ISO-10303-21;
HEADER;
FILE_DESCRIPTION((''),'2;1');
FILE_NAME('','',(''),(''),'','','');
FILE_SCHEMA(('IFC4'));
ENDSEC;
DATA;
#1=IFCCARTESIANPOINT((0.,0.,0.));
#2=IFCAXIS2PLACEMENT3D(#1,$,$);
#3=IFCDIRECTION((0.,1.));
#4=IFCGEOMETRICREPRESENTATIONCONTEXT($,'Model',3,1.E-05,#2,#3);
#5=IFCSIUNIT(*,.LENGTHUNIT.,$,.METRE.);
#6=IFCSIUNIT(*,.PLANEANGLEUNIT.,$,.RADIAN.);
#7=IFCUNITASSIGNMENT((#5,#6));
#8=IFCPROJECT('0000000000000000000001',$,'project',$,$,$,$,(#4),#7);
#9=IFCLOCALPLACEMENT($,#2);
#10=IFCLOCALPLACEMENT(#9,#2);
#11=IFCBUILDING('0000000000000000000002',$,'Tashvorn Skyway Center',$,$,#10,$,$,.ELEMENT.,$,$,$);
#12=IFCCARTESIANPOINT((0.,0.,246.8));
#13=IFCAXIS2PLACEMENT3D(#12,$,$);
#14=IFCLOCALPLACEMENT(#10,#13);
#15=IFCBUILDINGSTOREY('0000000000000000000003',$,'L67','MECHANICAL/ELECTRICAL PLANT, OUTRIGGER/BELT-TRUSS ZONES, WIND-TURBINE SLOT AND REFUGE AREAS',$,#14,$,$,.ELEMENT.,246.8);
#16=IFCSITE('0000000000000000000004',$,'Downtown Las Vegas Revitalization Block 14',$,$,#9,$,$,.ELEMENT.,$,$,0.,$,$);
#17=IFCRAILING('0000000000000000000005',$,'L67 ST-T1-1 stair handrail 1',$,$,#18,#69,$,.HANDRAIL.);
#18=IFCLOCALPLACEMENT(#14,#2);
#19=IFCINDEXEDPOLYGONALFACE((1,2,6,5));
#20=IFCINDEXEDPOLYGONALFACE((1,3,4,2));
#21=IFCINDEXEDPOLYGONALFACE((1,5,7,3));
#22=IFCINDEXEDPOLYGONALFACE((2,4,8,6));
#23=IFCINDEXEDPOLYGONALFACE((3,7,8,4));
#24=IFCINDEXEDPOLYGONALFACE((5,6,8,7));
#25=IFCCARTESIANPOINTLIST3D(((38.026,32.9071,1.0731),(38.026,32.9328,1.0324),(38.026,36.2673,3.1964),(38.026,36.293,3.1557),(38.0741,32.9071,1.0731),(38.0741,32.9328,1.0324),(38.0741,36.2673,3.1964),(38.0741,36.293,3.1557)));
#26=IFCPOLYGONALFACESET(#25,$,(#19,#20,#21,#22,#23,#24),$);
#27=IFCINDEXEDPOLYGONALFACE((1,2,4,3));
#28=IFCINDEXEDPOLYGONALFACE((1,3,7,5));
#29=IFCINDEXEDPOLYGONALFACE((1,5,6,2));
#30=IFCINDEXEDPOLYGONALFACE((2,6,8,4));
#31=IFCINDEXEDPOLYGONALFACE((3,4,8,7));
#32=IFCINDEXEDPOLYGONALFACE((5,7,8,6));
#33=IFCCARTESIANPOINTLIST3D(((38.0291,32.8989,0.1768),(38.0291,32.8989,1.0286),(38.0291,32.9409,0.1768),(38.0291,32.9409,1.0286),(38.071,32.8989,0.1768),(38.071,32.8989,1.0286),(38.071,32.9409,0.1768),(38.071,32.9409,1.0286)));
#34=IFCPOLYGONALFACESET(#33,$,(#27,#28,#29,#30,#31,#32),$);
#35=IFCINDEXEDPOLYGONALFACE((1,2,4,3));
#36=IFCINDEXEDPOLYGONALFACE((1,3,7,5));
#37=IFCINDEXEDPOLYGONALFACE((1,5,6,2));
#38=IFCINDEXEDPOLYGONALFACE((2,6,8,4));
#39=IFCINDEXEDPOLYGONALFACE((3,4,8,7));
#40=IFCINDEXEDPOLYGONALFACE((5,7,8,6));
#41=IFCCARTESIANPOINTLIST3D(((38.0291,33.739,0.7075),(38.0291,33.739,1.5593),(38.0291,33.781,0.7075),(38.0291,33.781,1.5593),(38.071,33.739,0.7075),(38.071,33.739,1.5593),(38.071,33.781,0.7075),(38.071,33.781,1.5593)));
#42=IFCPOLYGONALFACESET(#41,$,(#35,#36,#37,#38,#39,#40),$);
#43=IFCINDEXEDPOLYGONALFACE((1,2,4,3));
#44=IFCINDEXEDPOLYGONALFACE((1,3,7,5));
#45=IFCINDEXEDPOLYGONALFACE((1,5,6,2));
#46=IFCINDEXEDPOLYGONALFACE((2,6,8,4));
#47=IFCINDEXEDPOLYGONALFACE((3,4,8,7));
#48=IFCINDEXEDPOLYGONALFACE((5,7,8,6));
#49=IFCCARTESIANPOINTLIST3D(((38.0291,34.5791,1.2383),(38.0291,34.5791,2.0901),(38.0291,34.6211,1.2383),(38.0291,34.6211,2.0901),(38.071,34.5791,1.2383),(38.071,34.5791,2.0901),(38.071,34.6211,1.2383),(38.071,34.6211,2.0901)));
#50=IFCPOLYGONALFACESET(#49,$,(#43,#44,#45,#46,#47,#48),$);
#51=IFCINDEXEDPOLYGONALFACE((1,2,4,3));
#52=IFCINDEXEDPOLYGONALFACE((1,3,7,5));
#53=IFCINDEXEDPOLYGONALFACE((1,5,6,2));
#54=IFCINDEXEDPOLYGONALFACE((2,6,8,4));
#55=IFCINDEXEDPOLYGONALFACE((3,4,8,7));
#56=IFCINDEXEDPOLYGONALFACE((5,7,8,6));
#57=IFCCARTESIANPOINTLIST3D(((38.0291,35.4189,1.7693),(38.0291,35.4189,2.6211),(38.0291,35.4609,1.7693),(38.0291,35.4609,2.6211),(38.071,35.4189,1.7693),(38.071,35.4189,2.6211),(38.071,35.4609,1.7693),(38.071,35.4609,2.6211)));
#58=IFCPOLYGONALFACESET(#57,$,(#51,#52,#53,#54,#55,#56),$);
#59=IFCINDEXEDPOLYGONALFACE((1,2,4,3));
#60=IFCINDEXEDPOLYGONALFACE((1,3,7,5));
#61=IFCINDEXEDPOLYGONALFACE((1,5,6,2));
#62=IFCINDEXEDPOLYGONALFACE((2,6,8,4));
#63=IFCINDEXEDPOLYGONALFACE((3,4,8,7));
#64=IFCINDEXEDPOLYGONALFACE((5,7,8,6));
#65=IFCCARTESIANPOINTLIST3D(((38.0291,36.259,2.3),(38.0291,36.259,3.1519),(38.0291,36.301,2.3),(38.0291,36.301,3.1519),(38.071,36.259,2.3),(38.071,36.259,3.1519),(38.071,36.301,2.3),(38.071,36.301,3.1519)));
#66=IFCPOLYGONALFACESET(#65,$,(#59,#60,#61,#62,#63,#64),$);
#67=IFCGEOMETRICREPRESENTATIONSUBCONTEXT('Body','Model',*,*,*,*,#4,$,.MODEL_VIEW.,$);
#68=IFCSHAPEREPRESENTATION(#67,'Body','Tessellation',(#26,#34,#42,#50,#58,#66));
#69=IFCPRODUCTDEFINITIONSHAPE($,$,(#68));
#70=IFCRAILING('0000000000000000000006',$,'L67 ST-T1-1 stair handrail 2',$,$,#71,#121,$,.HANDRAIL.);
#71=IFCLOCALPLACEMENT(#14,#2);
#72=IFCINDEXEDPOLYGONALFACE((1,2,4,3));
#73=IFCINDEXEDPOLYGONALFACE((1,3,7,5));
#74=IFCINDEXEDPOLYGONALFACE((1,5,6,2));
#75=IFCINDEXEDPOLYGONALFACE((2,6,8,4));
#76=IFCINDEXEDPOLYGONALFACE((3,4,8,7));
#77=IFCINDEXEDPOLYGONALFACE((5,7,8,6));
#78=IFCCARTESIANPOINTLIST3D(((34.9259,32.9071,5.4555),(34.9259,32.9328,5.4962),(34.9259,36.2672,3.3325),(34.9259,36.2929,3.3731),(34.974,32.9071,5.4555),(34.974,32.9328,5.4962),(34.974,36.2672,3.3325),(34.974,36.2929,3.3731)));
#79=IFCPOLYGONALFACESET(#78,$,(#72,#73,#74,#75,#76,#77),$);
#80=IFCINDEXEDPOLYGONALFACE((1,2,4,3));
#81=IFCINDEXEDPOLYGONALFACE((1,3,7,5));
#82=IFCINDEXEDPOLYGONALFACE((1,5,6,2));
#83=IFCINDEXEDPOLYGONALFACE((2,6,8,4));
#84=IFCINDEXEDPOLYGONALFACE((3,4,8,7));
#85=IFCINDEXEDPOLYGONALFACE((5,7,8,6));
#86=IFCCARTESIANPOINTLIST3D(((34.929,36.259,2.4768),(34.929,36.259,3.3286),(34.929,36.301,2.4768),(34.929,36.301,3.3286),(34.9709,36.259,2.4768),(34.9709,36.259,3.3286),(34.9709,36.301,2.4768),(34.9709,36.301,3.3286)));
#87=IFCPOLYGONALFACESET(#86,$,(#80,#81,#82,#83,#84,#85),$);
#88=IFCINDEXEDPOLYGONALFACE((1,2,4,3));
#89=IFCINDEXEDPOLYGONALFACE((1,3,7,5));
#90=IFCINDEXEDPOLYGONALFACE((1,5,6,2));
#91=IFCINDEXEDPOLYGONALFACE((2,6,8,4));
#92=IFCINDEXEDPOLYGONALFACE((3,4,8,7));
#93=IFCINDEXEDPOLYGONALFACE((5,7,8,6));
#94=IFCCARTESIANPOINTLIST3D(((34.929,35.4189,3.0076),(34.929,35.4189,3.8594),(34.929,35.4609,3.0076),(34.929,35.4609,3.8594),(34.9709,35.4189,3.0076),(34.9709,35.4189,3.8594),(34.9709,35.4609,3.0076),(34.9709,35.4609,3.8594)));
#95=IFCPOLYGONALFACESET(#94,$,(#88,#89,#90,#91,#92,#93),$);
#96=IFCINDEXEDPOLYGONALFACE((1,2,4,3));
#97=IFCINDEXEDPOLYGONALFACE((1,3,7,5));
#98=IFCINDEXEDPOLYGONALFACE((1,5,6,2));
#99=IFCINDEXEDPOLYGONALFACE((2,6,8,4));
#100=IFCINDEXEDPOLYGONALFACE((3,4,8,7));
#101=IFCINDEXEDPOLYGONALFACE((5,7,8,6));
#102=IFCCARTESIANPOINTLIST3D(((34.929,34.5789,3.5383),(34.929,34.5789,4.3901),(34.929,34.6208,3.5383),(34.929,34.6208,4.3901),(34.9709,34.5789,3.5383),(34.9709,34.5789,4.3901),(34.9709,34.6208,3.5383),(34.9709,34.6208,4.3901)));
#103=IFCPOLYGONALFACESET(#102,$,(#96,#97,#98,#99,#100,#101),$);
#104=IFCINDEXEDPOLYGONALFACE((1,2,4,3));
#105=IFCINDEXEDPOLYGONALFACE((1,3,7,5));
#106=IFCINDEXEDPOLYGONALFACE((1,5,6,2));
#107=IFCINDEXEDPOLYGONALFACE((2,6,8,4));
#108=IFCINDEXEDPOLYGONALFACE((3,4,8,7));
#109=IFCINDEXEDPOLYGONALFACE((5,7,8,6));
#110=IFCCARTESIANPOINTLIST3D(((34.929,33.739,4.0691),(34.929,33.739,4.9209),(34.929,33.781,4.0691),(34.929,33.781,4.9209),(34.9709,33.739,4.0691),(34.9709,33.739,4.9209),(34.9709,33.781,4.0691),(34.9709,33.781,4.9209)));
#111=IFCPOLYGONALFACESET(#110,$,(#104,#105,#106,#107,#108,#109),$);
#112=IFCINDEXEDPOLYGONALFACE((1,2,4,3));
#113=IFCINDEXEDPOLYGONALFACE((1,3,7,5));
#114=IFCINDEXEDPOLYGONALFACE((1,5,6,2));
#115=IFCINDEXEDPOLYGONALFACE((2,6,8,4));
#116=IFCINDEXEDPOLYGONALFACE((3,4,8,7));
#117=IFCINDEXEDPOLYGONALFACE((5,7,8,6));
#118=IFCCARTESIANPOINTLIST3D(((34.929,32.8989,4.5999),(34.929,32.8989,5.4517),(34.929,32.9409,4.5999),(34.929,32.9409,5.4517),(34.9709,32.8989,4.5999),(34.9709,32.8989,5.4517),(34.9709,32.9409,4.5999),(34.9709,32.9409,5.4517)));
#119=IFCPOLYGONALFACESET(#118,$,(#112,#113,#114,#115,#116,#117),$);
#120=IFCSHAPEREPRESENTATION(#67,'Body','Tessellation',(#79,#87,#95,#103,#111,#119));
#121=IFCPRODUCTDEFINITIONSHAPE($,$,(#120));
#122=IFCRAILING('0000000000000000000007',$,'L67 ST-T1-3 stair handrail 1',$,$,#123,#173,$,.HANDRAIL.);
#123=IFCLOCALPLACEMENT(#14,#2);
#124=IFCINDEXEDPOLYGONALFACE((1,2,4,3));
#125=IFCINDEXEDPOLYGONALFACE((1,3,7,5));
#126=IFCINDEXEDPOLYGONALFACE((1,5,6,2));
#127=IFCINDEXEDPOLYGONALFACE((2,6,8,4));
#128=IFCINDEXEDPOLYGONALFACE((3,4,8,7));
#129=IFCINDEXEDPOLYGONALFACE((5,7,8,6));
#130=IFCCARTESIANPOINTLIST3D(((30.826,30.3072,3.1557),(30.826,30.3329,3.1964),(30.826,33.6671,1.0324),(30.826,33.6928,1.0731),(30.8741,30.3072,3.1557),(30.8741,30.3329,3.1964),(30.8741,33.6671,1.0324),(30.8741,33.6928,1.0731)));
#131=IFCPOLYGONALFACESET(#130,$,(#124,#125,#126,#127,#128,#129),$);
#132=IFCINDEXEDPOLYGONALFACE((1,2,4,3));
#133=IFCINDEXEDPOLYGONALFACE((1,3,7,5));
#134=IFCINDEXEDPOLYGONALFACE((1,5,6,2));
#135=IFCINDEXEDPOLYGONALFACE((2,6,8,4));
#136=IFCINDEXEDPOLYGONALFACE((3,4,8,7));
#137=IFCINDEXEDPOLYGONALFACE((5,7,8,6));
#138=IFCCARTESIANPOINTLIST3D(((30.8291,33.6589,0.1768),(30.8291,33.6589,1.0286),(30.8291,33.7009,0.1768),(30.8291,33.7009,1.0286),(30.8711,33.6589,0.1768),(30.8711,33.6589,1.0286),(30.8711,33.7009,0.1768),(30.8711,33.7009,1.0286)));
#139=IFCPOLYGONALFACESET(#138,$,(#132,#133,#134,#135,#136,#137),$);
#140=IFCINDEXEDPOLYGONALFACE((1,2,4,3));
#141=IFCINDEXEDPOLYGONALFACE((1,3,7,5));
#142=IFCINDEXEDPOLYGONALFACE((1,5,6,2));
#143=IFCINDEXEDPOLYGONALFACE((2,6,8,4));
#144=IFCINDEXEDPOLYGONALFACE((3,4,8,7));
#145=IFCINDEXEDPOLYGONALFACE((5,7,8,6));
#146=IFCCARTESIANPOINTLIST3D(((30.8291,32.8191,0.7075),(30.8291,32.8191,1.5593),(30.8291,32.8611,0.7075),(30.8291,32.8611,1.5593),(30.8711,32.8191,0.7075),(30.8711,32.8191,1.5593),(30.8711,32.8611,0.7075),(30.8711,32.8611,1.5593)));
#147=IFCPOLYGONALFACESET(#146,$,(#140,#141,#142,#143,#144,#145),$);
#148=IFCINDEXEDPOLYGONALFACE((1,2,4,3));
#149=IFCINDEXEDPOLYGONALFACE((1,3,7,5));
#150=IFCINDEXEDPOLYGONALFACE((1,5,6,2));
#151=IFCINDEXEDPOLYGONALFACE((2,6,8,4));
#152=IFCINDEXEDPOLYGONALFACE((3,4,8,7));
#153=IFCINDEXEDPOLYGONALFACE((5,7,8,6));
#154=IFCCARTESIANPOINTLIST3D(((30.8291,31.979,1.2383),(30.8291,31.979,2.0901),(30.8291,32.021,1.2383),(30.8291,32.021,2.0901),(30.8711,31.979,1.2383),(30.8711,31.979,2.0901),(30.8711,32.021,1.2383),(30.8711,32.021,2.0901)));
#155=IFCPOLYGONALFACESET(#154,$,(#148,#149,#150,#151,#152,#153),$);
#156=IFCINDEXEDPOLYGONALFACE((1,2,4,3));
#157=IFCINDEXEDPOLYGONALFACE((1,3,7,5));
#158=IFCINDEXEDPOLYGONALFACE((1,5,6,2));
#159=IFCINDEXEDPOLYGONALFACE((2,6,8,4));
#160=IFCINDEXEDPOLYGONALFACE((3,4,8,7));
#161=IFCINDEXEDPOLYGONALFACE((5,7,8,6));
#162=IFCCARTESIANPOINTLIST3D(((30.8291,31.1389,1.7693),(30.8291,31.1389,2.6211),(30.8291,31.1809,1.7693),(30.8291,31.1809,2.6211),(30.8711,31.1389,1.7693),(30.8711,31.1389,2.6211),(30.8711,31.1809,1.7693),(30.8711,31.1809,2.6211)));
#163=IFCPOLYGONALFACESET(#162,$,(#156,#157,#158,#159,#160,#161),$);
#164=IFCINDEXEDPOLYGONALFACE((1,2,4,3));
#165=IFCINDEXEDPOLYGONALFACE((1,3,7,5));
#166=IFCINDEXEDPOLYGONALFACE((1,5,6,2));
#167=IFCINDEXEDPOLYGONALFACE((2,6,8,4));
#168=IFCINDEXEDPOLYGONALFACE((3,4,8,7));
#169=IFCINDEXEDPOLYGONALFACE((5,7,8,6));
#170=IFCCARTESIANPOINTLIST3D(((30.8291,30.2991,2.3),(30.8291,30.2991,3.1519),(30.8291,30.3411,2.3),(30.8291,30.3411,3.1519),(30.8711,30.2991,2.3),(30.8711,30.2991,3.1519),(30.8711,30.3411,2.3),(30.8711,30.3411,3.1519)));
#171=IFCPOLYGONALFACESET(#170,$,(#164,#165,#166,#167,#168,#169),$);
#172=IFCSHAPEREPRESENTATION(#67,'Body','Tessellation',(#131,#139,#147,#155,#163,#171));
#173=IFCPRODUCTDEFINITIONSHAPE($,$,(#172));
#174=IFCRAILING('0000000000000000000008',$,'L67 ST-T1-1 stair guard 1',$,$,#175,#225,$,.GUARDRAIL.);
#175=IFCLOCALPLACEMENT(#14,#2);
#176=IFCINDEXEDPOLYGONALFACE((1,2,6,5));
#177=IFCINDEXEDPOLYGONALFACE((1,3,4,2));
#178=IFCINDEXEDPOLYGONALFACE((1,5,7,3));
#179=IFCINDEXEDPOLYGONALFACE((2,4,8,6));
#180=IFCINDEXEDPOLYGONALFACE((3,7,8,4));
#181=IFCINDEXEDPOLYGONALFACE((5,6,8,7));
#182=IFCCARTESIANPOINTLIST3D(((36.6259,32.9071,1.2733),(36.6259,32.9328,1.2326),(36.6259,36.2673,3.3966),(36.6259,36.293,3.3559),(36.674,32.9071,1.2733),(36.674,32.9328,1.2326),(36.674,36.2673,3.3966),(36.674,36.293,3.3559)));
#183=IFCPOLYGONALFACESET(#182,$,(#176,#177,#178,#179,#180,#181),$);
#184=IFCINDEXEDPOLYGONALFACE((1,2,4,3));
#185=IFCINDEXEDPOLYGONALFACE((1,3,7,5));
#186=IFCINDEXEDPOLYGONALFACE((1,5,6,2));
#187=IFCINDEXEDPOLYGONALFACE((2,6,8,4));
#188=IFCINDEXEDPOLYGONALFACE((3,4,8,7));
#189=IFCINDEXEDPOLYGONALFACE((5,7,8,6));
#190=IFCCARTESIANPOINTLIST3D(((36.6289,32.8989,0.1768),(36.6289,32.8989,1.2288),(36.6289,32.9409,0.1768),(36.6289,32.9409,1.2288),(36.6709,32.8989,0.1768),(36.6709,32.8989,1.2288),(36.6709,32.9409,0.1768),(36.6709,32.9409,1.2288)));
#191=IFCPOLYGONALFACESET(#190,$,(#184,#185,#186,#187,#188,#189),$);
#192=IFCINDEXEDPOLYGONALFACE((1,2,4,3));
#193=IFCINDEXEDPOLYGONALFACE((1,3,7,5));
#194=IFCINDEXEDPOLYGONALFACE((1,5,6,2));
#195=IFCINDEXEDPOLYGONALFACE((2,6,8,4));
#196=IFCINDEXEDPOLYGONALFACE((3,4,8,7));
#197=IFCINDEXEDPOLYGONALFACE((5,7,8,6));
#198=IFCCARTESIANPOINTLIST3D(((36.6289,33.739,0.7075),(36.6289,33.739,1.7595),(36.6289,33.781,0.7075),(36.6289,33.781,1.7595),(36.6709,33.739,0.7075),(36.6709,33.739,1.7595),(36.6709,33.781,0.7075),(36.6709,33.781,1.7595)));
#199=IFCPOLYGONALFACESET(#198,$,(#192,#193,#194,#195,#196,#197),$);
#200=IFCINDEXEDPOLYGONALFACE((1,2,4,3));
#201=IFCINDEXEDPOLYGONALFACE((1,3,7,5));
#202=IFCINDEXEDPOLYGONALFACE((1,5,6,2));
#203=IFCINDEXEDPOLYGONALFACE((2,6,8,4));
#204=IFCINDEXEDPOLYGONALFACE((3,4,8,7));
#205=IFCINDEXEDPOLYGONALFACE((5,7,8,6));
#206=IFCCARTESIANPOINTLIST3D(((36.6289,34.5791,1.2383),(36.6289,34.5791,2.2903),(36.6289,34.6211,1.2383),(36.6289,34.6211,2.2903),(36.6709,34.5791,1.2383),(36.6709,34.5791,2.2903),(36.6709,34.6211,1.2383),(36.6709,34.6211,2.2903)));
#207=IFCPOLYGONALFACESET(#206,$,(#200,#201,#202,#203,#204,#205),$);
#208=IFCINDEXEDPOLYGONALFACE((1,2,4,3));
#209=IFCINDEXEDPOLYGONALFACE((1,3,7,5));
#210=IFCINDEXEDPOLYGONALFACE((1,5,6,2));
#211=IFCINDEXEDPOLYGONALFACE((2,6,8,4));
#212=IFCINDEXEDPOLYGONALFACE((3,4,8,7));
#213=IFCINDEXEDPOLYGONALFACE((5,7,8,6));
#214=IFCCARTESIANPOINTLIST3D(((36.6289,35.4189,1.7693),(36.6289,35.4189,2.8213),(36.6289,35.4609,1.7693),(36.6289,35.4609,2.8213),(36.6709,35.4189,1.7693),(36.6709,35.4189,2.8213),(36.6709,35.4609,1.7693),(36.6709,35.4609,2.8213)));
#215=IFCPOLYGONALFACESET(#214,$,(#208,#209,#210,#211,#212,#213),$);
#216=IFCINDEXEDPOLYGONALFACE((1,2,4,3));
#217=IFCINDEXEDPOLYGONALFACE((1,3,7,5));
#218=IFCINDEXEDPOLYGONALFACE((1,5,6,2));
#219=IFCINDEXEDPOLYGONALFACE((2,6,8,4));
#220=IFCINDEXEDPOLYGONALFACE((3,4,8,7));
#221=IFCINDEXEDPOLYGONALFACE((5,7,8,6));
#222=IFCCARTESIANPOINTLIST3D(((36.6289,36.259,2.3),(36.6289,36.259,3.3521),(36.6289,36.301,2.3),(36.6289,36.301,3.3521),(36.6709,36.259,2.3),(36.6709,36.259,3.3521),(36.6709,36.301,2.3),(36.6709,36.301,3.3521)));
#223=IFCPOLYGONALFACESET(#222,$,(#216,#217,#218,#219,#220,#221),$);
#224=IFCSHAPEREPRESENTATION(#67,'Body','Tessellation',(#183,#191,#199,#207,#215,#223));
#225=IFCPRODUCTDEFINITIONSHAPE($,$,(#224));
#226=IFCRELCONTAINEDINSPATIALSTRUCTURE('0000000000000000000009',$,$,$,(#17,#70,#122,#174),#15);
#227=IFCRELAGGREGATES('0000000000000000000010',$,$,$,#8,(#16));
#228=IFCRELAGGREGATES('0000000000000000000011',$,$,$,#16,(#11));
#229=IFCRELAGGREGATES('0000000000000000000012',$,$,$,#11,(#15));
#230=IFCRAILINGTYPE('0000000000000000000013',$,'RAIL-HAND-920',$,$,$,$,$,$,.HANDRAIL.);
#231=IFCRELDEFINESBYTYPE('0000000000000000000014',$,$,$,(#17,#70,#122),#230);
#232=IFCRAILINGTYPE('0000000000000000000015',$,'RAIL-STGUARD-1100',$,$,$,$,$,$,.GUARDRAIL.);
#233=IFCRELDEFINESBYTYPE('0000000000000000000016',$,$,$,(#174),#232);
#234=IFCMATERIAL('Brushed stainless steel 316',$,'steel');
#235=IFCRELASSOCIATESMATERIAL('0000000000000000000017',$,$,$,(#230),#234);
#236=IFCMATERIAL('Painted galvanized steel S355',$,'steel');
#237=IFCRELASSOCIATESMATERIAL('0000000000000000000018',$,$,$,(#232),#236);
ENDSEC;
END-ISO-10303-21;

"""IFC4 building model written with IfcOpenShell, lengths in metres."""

from ifc_helpers import new_model, si_unit, direction, frame, origin, origin_2d, place, context, subcontext, project, spatial, rectangle, extrude, material, type_object, element, save


model = new_model("IFC4")

# Units and contexts
model_context = context("Model", 3, precision=1e-05, world=origin(), true_north=direction((0.0, 1.0)))
body_context = subcontext(model_context, "Body", "Model", "MODEL_VIEW")
ifc_project = project(units=[si_unit("LENGTHUNIT", "METRE"), si_unit("PLANEANGLEUNIT", "RADIAN")], contexts=[model_context])

# Site, building, storey
site_placement = place(None, origin())
site = spatial("IfcSite", under=ifc_project, at=site_placement, Name="Downtown Las Vegas Revitalization Block 14", CompositionType="ELEMENT", RefElevation=0.0)
building_placement = place(site_placement, origin())
building = spatial("IfcBuilding", under=site, at=building_placement, Name="Tashvorn Skyway Center", CompositionType="ELEMENT")
storey_placement = place(building_placement, frame((0.0, 0.0, 246.8)))
storey = spatial("IfcBuildingStorey", under=building, at=storey_placement, Name="L67", Description="MECHANICAL/ELECTRICAL PLANT, OUTRIGGER/BELT-TRUSS ZONES, WIND-TURBINE SLOT AND REFUGE AREAS", CompositionType="ELEMENT", Elevation=246.8)

# Railings
ifc_material_1 = material(Name="Brushed stainless steel 316", Category="steel")
railing_type_1 = type_object("IfcRailingType", Name="RAIL-HAND-920", PredefinedType="HANDRAIL", material=ifc_material_1)
railing_1_placement = place(storey_placement, frame((38.05, 32.9199, 0.1768)))
element("IfcRailing", 1, at=railing_1_placement, inside=storey, type_object=railing_type_1, Name="L67 ST-T1-1 stair handrail 1", PredefinedType="HANDRAIL", context=body_context, shape_type="SweptSolid", body=[
    extrude(rectangle(XDim=0.0481, YDim=0.0481, at=origin_2d()), frame((0.0, 0.0, 0.876), z_axis=(0.0, 0.845362, 0.534194), x_axis=(-1.0, 0.0, 0.0)), (0.0, 0.0, 1.0), 3.9749),
    extrude(rectangle(XDim=0.042, YDim=0.042, at=origin_2d()), origin(), (0.0, 0.0, 1.0), 0.8518),
    extrude(rectangle(XDim=0.042, YDim=0.042, at=origin_2d()), frame((0.0, 0.8401, 0.5308)), (0.0, 0.0, 1.0), 0.8518),
    extrude(rectangle(XDim=0.042, YDim=0.042, at=origin_2d()), frame((0.0, 1.6802, 1.0615)), (0.0, 0.0, 1.0), 0.8518),
    extrude(rectangle(XDim=0.042, YDim=0.042, at=origin_2d()), frame((0.0, 2.52, 1.5925)), (0.0, 0.0, 1.0), 0.8518),
    extrude(rectangle(XDim=0.042, YDim=0.042, at=origin_2d()), frame((0.0, 3.3601, 2.1233)), (0.0, 0.0, 1.0), 0.8518),
])
railing_2_placement = place(storey_placement, frame((34.95, 36.28, 2.4768)))
element("IfcRailing", 2, at=railing_2_placement, inside=storey, type_object=railing_type_1, Name="L67 ST-T1-1 stair handrail 2", PredefinedType="HANDRAIL", context=body_context, shape_type="SweptSolid", body=[
    extrude(rectangle(XDim=0.0481, YDim=0.0481, at=origin_2d()), frame((0.0, 0.0, 0.876), z_axis=(0.0, -0.84539, 0.53415), x_axis=(1.0, 0.0, 0.0)), (0.0, 0.0, 1.0), 3.9746),
    extrude(rectangle(XDim=0.042, YDim=0.042, at=origin_2d()), origin(), (0.0, 0.0, 1.0), 0.8518),
    extrude(rectangle(XDim=0.042, YDim=0.042, at=origin_2d()), frame((0.0, -0.8401, 0.5308)), (0.0, 0.0, 1.0), 0.8518),
    extrude(rectangle(XDim=0.042, YDim=0.042, at=origin_2d()), frame((0.0, -1.6802, 1.0615)), (0.0, 0.0, 1.0), 0.8518),
    extrude(rectangle(XDim=0.042, YDim=0.042, at=origin_2d()), frame((0.0, -2.52, 1.5923)), (0.0, 0.0, 1.0), 0.8518),
    extrude(rectangle(XDim=0.042, YDim=0.042, at=origin_2d()), frame((0.0, -3.3601, 2.123)), (0.0, 0.0, 1.0), 0.8518),
])
railing_3_placement = place(storey_placement, frame((30.8501, 33.6799, 0.1768)))
element("IfcRailing", 3, at=railing_3_placement, inside=storey, type_object=railing_type_1, Name="L67 ST-T1-3 stair handrail 1", PredefinedType="HANDRAIL", context=body_context, shape_type="SweptSolid", body=[
    extrude(rectangle(XDim=0.0481, YDim=0.0481, at=origin_2d()), frame((0.0, 0.0, 0.876), z_axis=(0.0, -0.845344, 0.534222), x_axis=(1.0, 0.0, 0.0)), (0.0, 0.0, 1.0), 3.9746),
    extrude(rectangle(XDim=0.042, YDim=0.042, at=origin_2d()), origin(), (0.0, 0.0, 1.0), 0.8518),
    extrude(rectangle(XDim=0.042, YDim=0.042, at=origin_2d()), frame((0.0, -0.8398, 0.5308)), (0.0, 0.0, 1.0), 0.8518),
    extrude(rectangle(XDim=0.042, YDim=0.042, at=origin_2d()), frame((0.0, -1.6799, 1.0615)), (0.0, 0.0, 1.0), 0.8518),
    extrude(rectangle(XDim=0.042, YDim=0.042, at=origin_2d()), frame((0.0, -2.52, 1.5925)), (0.0, 0.0, 1.0), 0.8518),
    extrude(rectangle(XDim=0.042, YDim=0.042, at=origin_2d()), frame((0.0, -3.3599, 2.1233)), (0.0, 0.0, 1.0), 0.8518),
])
ifc_material_2 = material(Name="Painted galvanized steel S355", Category="steel")
railing_type_2 = type_object("IfcRailingType", Name="RAIL-STGUARD-1100", PredefinedType="GUARDRAIL", material=ifc_material_2)
railing_4_placement = place(storey_placement, frame((36.6499, 32.9199, 0.1768)))
element("IfcRailing", 4, at=railing_4_placement, inside=storey, type_object=railing_type_2, Name="L67 ST-T1-1 stair guard 1", PredefinedType="GUARDRAIL", context=body_context, shape_type="SweptSolid", body=[
    extrude(rectangle(XDim=0.0481, YDim=0.0481, at=origin_2d()), frame((0.0, 0.0, 1.0762), z_axis=(0.0, 0.845362, 0.534194), x_axis=(-1.0, 0.0, 0.0)), (0.0, 0.0, 1.0), 3.9749),
    extrude(rectangle(XDim=0.042, YDim=0.042, at=origin_2d()), origin(), (0.0, 0.0, 1.0), 1.052),
    extrude(rectangle(XDim=0.042, YDim=0.042, at=origin_2d()), frame((0.0, 0.8401, 0.5308)), (0.0, 0.0, 1.0), 1.052),
    extrude(rectangle(XDim=0.042, YDim=0.042, at=origin_2d()), frame((0.0, 1.6802, 1.0615)), (0.0, 0.0, 1.0), 1.052),
    extrude(rectangle(XDim=0.042, YDim=0.042, at=origin_2d()), frame((0.0, 2.52, 1.5925)), (0.0, 0.0, 1.0), 1.052),
    extrude(rectangle(XDim=0.042, YDim=0.042, at=origin_2d()), frame((0.0, 3.3601, 2.1233)), (0.0, 0.0, 1.0), 1.052),
])

save(model, "model.ifc")
